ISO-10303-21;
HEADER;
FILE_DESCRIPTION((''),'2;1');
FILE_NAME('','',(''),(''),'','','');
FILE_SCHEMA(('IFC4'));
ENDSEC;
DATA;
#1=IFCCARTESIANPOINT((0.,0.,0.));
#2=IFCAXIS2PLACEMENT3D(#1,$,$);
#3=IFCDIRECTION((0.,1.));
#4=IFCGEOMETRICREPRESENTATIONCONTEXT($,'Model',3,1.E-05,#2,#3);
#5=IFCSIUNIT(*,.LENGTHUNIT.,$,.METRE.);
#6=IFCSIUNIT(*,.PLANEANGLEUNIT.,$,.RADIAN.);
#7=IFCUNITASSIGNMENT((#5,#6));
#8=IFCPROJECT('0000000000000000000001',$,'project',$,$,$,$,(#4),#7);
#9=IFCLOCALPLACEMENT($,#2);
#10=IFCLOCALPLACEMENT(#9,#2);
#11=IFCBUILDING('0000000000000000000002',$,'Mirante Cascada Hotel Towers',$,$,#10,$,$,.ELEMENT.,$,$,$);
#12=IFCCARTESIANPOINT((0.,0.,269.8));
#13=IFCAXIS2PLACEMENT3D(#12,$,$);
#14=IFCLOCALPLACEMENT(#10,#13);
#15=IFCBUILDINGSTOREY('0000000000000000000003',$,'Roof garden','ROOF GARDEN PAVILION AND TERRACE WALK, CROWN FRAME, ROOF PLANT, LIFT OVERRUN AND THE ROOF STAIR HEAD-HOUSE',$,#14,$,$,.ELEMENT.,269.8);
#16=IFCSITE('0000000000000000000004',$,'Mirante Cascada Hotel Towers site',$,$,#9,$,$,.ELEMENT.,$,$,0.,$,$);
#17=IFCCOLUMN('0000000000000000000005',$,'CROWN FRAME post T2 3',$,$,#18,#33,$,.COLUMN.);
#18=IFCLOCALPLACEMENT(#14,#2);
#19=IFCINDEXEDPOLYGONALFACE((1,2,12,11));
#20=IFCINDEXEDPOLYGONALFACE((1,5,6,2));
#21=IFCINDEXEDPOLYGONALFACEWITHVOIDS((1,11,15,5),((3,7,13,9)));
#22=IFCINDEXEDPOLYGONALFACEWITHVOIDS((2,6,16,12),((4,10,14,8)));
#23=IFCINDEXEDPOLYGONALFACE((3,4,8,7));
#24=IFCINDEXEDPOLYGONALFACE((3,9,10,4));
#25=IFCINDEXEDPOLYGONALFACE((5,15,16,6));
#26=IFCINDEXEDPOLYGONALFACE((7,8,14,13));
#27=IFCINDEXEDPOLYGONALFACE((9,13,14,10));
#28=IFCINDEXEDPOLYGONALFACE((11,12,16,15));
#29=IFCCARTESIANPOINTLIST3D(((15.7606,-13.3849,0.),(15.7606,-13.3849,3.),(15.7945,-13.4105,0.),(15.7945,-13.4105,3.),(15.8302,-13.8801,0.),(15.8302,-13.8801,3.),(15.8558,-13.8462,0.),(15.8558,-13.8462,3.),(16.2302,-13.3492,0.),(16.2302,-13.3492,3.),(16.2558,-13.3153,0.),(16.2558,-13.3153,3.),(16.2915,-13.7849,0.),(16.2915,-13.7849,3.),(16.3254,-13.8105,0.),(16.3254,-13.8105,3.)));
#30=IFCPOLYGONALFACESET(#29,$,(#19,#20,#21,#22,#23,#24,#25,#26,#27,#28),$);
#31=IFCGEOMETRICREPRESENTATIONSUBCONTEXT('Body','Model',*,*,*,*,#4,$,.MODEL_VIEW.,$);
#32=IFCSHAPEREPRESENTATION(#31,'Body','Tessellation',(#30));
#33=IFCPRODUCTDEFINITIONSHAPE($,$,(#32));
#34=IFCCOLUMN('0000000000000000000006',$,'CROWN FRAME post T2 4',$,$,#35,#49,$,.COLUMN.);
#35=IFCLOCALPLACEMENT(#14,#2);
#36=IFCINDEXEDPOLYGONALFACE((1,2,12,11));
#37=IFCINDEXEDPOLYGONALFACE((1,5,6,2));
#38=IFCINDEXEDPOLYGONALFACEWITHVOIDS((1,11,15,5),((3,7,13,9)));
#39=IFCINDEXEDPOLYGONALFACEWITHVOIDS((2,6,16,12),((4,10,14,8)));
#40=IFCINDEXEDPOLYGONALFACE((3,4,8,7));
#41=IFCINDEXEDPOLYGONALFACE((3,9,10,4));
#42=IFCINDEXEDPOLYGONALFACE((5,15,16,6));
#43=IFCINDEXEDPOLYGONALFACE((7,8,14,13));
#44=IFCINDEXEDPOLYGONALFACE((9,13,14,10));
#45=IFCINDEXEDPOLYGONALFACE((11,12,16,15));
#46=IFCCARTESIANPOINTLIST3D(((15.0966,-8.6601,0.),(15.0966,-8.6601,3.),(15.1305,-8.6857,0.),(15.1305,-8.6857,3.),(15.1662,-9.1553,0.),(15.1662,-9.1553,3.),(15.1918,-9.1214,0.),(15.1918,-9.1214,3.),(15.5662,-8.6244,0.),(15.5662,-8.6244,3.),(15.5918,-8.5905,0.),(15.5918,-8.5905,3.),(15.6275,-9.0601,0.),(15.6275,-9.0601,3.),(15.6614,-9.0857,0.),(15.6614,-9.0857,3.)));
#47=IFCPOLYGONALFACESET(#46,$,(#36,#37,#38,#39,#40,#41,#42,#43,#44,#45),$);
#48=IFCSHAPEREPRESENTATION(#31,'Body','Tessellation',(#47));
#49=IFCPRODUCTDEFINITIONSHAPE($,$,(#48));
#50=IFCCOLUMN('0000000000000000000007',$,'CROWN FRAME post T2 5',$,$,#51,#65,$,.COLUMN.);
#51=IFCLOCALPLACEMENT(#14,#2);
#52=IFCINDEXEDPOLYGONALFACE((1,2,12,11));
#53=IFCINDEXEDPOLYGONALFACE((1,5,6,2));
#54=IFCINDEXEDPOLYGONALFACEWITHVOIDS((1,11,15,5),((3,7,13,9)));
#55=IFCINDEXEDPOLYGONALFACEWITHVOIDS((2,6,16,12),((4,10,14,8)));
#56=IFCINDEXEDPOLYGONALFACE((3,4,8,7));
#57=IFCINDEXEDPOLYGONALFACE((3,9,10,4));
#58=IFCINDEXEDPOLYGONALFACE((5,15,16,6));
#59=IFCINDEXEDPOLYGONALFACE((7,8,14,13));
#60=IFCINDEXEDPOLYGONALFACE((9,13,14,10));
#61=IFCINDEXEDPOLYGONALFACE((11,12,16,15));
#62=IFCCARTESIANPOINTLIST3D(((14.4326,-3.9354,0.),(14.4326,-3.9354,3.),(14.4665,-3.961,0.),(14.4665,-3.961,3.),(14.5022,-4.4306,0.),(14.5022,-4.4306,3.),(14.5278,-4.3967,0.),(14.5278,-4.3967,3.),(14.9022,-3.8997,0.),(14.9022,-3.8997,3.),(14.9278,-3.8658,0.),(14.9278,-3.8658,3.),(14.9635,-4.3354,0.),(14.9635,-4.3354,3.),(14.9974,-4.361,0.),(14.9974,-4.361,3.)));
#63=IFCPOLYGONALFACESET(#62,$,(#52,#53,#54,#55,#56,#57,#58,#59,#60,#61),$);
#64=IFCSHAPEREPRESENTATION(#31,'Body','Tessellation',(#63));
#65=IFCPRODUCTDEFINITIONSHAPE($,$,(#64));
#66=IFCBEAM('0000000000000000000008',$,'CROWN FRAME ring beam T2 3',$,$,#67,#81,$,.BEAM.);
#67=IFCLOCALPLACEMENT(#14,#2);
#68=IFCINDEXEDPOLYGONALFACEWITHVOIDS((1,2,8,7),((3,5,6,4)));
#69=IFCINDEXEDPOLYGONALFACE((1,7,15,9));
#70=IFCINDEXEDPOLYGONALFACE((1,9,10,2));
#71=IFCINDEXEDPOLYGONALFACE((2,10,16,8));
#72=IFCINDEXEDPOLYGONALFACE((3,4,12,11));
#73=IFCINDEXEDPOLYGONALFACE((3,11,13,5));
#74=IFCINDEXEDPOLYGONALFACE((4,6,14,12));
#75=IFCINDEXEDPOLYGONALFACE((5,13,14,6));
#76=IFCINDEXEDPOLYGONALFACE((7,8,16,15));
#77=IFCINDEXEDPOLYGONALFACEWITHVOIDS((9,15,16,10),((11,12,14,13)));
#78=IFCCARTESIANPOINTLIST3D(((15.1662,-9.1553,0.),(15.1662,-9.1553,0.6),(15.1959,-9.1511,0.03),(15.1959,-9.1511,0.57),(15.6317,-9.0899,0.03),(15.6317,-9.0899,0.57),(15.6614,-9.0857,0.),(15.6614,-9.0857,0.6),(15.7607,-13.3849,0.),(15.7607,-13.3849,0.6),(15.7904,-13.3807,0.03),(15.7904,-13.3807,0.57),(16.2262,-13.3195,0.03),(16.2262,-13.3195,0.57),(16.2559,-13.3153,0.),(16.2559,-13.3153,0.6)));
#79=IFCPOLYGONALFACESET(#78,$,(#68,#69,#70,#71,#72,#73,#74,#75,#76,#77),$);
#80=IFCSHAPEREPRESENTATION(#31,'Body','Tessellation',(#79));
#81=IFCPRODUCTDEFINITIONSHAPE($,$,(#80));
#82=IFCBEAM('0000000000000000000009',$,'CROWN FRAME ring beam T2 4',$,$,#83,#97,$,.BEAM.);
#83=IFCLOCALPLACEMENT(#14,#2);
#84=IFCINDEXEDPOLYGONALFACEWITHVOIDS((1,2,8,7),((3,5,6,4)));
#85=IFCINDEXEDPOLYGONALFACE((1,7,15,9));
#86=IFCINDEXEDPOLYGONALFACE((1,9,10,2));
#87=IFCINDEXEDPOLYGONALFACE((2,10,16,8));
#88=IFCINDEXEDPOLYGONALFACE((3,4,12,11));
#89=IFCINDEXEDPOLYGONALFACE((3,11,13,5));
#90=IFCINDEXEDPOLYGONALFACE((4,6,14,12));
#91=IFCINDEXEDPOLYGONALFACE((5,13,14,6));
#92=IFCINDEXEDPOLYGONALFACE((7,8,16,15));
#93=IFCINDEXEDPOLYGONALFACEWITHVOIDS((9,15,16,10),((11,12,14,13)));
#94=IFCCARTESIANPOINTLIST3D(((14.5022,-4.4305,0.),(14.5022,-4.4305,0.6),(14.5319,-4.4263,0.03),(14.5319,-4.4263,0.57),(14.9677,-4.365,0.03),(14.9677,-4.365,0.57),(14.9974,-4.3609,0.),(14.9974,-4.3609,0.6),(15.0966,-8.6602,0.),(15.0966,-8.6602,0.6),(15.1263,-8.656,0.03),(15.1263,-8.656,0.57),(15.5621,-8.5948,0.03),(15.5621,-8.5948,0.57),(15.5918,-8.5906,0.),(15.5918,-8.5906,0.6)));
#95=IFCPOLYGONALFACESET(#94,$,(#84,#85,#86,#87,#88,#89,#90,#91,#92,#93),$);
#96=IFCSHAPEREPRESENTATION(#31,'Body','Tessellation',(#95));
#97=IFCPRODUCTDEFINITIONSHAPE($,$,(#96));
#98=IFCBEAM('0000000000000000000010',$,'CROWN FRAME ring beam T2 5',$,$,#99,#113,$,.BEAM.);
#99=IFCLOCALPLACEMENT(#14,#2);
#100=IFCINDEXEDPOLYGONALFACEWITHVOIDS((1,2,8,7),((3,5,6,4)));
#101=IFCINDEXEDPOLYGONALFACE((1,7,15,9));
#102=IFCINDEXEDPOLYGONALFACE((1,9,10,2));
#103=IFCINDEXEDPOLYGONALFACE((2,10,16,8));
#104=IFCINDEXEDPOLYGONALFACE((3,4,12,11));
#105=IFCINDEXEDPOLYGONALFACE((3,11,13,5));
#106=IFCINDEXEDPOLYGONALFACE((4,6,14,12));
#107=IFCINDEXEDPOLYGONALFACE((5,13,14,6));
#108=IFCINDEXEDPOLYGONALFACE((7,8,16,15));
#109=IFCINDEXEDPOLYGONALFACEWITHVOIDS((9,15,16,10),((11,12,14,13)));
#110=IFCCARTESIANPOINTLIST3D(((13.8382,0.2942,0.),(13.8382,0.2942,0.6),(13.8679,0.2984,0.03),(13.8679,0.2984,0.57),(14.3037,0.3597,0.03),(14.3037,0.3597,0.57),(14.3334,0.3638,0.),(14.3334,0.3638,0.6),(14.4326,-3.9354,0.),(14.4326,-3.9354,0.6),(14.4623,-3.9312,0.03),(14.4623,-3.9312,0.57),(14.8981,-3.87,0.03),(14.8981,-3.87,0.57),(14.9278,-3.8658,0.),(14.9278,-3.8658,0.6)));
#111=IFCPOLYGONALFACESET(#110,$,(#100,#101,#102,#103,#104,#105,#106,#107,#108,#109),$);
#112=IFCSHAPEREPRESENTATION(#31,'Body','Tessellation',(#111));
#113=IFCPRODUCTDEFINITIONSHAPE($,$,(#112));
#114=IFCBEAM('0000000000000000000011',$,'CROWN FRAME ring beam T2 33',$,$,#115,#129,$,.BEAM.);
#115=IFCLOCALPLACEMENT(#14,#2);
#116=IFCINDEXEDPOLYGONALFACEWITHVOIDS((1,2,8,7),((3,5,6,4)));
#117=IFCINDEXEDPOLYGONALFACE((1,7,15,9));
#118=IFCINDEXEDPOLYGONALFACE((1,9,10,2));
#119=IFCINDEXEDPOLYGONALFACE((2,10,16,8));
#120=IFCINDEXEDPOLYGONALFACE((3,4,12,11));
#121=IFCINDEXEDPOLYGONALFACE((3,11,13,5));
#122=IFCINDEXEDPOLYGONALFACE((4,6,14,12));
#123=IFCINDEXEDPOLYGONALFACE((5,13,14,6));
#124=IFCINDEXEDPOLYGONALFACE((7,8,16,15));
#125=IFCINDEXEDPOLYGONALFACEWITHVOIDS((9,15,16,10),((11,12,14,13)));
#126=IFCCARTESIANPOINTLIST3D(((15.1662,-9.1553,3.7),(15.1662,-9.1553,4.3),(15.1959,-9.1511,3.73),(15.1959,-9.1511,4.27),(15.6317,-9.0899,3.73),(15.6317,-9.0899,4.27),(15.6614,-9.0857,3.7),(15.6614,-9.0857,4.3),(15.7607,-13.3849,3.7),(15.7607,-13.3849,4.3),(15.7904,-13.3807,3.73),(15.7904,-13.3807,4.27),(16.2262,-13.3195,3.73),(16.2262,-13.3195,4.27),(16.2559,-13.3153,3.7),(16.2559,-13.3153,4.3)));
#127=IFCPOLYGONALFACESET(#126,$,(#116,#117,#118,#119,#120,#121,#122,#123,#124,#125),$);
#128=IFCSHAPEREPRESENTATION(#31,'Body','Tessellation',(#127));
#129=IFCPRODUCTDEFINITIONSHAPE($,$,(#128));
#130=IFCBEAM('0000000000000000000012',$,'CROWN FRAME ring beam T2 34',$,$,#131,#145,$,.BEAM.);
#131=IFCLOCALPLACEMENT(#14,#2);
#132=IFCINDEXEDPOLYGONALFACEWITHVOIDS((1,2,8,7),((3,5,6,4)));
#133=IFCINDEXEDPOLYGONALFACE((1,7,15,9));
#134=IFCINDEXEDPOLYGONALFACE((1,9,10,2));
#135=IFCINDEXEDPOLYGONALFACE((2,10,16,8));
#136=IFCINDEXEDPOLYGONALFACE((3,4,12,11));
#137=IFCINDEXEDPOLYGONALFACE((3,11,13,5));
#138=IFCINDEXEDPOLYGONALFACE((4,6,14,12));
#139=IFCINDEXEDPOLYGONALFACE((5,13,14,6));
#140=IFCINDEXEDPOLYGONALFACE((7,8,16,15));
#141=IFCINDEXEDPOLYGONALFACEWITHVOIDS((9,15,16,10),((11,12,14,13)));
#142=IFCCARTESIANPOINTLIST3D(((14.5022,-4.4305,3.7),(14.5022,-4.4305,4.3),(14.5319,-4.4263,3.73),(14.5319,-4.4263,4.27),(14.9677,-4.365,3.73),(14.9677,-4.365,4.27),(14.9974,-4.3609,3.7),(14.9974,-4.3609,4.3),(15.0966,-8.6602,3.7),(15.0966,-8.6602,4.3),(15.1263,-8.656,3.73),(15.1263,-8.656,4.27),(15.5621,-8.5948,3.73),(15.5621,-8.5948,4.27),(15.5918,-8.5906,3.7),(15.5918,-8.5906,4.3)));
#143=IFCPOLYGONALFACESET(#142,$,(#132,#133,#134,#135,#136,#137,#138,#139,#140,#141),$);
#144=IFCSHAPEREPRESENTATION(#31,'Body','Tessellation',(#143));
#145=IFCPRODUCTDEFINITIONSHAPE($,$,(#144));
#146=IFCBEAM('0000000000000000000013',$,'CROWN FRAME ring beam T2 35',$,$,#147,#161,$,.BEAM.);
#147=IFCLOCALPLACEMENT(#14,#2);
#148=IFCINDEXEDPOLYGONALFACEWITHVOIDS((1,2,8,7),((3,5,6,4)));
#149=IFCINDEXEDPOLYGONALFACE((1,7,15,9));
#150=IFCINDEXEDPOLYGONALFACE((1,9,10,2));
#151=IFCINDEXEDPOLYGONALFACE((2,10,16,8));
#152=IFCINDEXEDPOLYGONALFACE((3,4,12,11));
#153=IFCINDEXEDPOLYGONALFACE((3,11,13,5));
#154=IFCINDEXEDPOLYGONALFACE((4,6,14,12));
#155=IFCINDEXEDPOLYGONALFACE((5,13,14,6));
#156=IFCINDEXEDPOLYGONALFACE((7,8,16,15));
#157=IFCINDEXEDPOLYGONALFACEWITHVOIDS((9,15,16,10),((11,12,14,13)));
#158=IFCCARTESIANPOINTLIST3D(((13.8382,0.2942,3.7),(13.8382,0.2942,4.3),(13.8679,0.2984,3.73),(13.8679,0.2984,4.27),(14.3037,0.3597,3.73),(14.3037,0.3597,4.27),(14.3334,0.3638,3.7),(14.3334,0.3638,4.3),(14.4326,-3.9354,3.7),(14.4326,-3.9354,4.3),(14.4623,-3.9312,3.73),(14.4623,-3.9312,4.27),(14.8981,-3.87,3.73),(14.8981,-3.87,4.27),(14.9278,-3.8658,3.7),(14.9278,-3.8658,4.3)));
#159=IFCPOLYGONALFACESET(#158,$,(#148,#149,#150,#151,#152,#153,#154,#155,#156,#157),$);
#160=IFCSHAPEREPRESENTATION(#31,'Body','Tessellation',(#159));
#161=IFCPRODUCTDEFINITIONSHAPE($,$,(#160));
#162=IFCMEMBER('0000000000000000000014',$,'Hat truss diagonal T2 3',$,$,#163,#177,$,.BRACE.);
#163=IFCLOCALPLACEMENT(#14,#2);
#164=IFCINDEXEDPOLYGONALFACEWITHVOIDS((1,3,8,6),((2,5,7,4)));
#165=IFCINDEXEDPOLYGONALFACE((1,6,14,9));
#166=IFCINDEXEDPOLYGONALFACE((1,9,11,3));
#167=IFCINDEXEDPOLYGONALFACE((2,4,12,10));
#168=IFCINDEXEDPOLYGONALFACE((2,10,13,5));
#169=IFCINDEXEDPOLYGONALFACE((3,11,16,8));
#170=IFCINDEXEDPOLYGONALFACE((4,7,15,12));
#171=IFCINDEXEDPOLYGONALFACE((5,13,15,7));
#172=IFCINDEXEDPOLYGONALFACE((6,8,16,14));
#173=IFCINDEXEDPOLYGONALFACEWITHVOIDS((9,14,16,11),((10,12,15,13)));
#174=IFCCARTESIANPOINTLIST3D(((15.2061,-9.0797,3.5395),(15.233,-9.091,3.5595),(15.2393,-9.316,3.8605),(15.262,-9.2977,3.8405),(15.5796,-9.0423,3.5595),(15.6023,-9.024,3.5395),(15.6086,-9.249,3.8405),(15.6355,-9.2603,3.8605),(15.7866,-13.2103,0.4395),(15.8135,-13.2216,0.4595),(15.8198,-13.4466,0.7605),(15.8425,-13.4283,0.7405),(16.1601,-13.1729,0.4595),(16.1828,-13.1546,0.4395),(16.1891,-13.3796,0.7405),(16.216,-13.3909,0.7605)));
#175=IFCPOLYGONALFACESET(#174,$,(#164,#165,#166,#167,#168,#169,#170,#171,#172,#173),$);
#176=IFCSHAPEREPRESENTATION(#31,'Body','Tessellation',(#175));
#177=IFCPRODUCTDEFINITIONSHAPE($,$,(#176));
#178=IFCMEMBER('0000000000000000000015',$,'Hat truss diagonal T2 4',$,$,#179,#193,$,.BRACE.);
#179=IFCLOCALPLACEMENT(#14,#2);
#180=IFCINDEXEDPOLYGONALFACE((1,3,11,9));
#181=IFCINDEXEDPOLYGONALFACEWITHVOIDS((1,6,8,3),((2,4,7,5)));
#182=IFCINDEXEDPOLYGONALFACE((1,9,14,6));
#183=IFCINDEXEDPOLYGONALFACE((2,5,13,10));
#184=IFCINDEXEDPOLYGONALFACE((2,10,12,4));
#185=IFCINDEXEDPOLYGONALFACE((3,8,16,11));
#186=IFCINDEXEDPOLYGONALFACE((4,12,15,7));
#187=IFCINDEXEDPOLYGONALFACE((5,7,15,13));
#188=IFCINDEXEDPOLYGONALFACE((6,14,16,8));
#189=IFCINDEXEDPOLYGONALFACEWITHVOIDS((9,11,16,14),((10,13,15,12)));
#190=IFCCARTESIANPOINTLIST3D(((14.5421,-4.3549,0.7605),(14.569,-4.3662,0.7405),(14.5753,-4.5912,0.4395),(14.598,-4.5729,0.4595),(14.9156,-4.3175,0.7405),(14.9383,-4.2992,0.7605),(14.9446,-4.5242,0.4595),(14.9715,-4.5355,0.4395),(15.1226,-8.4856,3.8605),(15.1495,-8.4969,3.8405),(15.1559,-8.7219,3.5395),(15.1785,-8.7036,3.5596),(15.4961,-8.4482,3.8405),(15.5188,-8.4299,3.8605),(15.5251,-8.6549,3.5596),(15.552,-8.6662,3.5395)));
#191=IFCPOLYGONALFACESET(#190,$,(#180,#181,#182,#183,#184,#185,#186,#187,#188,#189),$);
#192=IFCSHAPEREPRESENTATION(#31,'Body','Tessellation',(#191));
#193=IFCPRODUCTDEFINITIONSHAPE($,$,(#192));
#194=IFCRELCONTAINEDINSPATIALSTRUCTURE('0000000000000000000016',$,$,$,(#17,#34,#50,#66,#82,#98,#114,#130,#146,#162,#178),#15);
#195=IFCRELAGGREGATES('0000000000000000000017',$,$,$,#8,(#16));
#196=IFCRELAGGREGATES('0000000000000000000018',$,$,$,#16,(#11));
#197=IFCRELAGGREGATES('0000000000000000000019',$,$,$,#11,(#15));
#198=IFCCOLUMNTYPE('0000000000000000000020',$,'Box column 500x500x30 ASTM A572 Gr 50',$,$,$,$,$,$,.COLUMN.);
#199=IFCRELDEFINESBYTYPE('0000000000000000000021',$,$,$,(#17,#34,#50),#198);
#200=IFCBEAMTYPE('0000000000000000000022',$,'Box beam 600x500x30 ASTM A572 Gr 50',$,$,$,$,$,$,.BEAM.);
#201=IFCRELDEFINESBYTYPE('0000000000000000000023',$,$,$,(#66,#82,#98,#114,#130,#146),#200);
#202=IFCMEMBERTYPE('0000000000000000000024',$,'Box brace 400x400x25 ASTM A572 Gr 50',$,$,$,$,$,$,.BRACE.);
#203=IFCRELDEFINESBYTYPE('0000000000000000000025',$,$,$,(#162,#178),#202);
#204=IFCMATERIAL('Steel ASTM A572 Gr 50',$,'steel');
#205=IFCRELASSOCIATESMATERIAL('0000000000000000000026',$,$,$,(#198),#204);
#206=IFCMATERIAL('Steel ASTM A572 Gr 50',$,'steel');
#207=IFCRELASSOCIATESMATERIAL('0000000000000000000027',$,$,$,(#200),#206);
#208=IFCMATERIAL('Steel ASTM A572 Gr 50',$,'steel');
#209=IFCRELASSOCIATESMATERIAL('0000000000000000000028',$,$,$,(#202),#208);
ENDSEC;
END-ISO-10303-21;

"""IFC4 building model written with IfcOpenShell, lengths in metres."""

from ifc_helpers import new_model, si_unit, direction, frame, origin, origin_2d, place, context, subcontext, project, spatial, hollow_rectangle, extrude, material, material_profile, profile_set, type_object, element, save


model = new_model("IFC4")

# Units and contexts
model_context = context("Model", 3, precision=1e-05, world=origin(), true_north=direction((0.0, 1.0)))
body_context = subcontext(model_context, "Body", "Model", "MODEL_VIEW")
ifc_project = project(units=[si_unit("LENGTHUNIT", "METRE"), si_unit("PLANEANGLEUNIT", "RADIAN")], contexts=[model_context])

# Site, building, storey
site_placement = place(None, origin())
site = spatial("IfcSite", under=ifc_project, at=site_placement, Name="Mirante Cascada Hotel Towers site", CompositionType="ELEMENT", RefElevation=0.0)
building_placement = place(site_placement, origin())
building = spatial("IfcBuilding", under=site, at=building_placement, Name="Mirante Cascada Hotel Towers", CompositionType="ELEMENT")
storey_placement = place(building_placement, frame((0.0, 0.0, 269.8)))
storey = spatial("IfcBuildingStorey", under=building, at=storey_placement, Name="Roof garden", Description="ROOF GARDEN PAVILION AND TERRACE WALK, CROWN FRAME, ROOF PLANT, LIFT OVERRUN AND THE ROOF STAIR HEAD-HOUSE", CompositionType="ELEMENT", Elevation=269.8)

# Columns
ifc_material_1 = material(Name="Steel ASTM A572 Gr 50", Category="steel")
ifc_material_profile_1 = material_profile(ifc_material_1, hollow_rectangle(XDim=0.5, YDim=0.5, WallThickness=0.03, at=origin_2d()), Name="Box column 500x500x30 ASTM A572 Gr 50")
ifc_profile_set_1 = profile_set([ifc_material_profile_1], Name="Steel ASTM A572 Gr 50")
column_type = type_object("IfcColumnType", Name="Box column 500x500x30 ASTM A572 Gr 50", PredefinedType="COLUMN", material=ifc_profile_set_1)
for number, where, z_axis, x_axis, name in (
    (1, (16.043, -13.5977, 0.0), (0.0, 0.0, 1.0), (0.990268, 0.139173, 0.0), "CROWN FRAME post T2 3"),
    (2, (15.379, -8.8729, 0.0), (0.0, 0.0, 1.0), (0.990268, 0.139173, 0.0), "CROWN FRAME post T2 4"),
    (3, (14.715, -4.1482, 0.0), (0.0, 0.0, 1.0), (0.990268, 0.139173, 0.0), "CROWN FRAME post T2 5"),
):
    element("IfcColumn", number, at=place(storey_placement, frame(where, z_axis=z_axis, x_axis=x_axis)), inside=storey, type_object=column_type, Name=name, PredefinedType="COLUMN", context=body_context, shape_type="SweptSolid", body=[
        extrude(hollow_rectangle(XDim=0.5, YDim=0.5, WallThickness=0.03, at=origin_2d()), origin(), (0.0, 0.0, 1.0), 3.0),
    ])

# Beams
ifc_material_2 = material(Name="Steel ASTM A572 Gr 50", Category="steel")
ifc_material_profile_2 = material_profile(ifc_material_2, hollow_rectangle(XDim=0.5, YDim=0.6, WallThickness=0.03, at=origin_2d()), Name="Box beam 600x500x30 ASTM A572 Gr 50")
ifc_profile_set_2 = profile_set([ifc_material_profile_2], Name="Steel ASTM A572 Gr 50")
beam_type = type_object("IfcBeamType", Name="Box beam 600x500x30 ASTM A572 Gr 50", PredefinedType="BEAM", material=ifc_profile_set_2)
beam_1_placement = place(storey_placement, frame((16.0083, -13.3501, 0.3), z_axis=(-0.139189, 0.990266, 0.0), x_axis=(-0.990266, -0.139189, 0.0)))
element("IfcBeam", 4, at=beam_1_placement, inside=storey, type_object=beam_type, Name="CROWN FRAME ring beam T2 3", PredefinedType="BEAM", context=body_context, shape_type="SweptSolid", body=[
    extrude(hollow_rectangle(XDim=0.5, YDim=0.6, WallThickness=0.03, at=origin_2d()), origin(), (0.0, 0.0, 1.0), 4.2712),
])
beam_2_placement = place(storey_placement, frame((15.3442, -8.6254, 0.3), z_axis=(-0.139163, 0.99027, 0.0), x_axis=(-0.99027, -0.139163, 0.0)))
element("IfcBeam", 5, at=beam_2_placement, inside=storey, type_object=beam_type, Name="CROWN FRAME ring beam T2 4", PredefinedType="BEAM", context=body_context, shape_type="SweptSolid", body=[
    extrude(hollow_rectangle(XDim=0.5, YDim=0.6, WallThickness=0.03, at=origin_2d()), origin(), (0.0, 0.0, 1.0), 4.2713),
])
for number, where, z_axis, x_axis, name in (
    (6, (14.6802, -3.9006, 0.3), (-0.139166, 0.990269, 0.0), (-0.990269, -0.139166, 0.0), "CROWN FRAME ring beam T2 5"),
    (7, (16.0083, -13.3501, 4.0), (-0.139189, 0.990266, 0.0), (-0.990266, -0.139189, 0.0), "CROWN FRAME ring beam T2 33"),
):
    element("IfcBeam", number, at=place(storey_placement, frame(where, z_axis=z_axis, x_axis=x_axis)), inside=storey, type_object=beam_type, Name=name, PredefinedType="BEAM", context=body_context, shape_type="SweptSolid", body=[
        extrude(hollow_rectangle(XDim=0.5, YDim=0.6, WallThickness=0.03, at=origin_2d()), origin(), (0.0, 0.0, 1.0), 4.2712),
    ])
beam_3_placement = place(storey_placement, frame((15.3442, -8.6254, 4.0), z_axis=(-0.139163, 0.99027, 0.0), x_axis=(-0.99027, -0.139163, 0.0)))
element("IfcBeam", 8, at=beam_3_placement, inside=storey, type_object=beam_type, Name="CROWN FRAME ring beam T2 34", PredefinedType="BEAM", context=body_context, shape_type="SweptSolid", body=[
    extrude(hollow_rectangle(XDim=0.5, YDim=0.6, WallThickness=0.03, at=origin_2d()), origin(), (0.0, 0.0, 1.0), 4.2713),
])
beam_4_placement = place(storey_placement, frame((14.6802, -3.9006, 4.0), z_axis=(-0.139166, 0.990269, 0.0), x_axis=(-0.990269, -0.139166, 0.0)))
element("IfcBeam", 9, at=beam_4_placement, inside=storey, type_object=beam_type, Name="CROWN FRAME ring beam T2 35", PredefinedType="BEAM", context=body_context, shape_type="SweptSolid", body=[
    extrude(hollow_rectangle(XDim=0.5, YDim=0.6, WallThickness=0.03, at=origin_2d()), origin(), (0.0, 0.0, 1.0), 4.2712),
])

# Members
ifc_material_3 = material(Name="Steel ASTM A572 Gr 50", Category="steel")
ifc_material_profile_3 = material_profile(ifc_material_3, hollow_rectangle(XDim=0.4, YDim=0.4, WallThickness=0.025, at=origin_2d()), Name="Box brace 400x400x25 ASTM A572 Gr 50")
ifc_profile_set_3 = profile_set([ifc_material_profile_3], Name="Steel ASTM A572 Gr 50")
member_type = type_object("IfcMemberType", Name="Box brace 400x400x25 ASTM A572 Gr 50", PredefinedType="BRACE", material=ifc_profile_set_3)
member_1_placement = place(storey_placement, frame((16.0013, -13.3006, 0.6), z_axis=(-0.111699, 0.794804, 0.596498), x_axis=(-0.990269, -0.139169, 0.0)))
element("IfcMember", 10, at=member_1_placement, inside=storey, type_object=member_type, Name="Hat truss diagonal T2 3", PredefinedType="BRACE", context=body_context, shape_type="SweptSolid", body=[
    extrude(hollow_rectangle(XDim=0.4, YDim=0.4, WallThickness=0.025, at=origin_2d()), origin(), (0.0, 0.0, 1.0), 5.197),
])
member_2_placement = place(storey_placement, frame((14.7568, -4.4452, 0.6), z_axis=(0.111697, -0.794811, 0.596489), x_axis=(0.990269, 0.139166, 0.0)))
element("IfcMember", 11, at=member_2_placement, inside=storey, type_object=member_type, Name="Hat truss diagonal T2 4", PredefinedType="BRACE", context=body_context, shape_type="SweptSolid", body=[
    extrude(hollow_rectangle(XDim=0.4, YDim=0.4, WallThickness=0.025, at=origin_2d()), origin(), (0.0, 0.0, 1.0), 5.1971),
])

save(model, "model.ifc")
